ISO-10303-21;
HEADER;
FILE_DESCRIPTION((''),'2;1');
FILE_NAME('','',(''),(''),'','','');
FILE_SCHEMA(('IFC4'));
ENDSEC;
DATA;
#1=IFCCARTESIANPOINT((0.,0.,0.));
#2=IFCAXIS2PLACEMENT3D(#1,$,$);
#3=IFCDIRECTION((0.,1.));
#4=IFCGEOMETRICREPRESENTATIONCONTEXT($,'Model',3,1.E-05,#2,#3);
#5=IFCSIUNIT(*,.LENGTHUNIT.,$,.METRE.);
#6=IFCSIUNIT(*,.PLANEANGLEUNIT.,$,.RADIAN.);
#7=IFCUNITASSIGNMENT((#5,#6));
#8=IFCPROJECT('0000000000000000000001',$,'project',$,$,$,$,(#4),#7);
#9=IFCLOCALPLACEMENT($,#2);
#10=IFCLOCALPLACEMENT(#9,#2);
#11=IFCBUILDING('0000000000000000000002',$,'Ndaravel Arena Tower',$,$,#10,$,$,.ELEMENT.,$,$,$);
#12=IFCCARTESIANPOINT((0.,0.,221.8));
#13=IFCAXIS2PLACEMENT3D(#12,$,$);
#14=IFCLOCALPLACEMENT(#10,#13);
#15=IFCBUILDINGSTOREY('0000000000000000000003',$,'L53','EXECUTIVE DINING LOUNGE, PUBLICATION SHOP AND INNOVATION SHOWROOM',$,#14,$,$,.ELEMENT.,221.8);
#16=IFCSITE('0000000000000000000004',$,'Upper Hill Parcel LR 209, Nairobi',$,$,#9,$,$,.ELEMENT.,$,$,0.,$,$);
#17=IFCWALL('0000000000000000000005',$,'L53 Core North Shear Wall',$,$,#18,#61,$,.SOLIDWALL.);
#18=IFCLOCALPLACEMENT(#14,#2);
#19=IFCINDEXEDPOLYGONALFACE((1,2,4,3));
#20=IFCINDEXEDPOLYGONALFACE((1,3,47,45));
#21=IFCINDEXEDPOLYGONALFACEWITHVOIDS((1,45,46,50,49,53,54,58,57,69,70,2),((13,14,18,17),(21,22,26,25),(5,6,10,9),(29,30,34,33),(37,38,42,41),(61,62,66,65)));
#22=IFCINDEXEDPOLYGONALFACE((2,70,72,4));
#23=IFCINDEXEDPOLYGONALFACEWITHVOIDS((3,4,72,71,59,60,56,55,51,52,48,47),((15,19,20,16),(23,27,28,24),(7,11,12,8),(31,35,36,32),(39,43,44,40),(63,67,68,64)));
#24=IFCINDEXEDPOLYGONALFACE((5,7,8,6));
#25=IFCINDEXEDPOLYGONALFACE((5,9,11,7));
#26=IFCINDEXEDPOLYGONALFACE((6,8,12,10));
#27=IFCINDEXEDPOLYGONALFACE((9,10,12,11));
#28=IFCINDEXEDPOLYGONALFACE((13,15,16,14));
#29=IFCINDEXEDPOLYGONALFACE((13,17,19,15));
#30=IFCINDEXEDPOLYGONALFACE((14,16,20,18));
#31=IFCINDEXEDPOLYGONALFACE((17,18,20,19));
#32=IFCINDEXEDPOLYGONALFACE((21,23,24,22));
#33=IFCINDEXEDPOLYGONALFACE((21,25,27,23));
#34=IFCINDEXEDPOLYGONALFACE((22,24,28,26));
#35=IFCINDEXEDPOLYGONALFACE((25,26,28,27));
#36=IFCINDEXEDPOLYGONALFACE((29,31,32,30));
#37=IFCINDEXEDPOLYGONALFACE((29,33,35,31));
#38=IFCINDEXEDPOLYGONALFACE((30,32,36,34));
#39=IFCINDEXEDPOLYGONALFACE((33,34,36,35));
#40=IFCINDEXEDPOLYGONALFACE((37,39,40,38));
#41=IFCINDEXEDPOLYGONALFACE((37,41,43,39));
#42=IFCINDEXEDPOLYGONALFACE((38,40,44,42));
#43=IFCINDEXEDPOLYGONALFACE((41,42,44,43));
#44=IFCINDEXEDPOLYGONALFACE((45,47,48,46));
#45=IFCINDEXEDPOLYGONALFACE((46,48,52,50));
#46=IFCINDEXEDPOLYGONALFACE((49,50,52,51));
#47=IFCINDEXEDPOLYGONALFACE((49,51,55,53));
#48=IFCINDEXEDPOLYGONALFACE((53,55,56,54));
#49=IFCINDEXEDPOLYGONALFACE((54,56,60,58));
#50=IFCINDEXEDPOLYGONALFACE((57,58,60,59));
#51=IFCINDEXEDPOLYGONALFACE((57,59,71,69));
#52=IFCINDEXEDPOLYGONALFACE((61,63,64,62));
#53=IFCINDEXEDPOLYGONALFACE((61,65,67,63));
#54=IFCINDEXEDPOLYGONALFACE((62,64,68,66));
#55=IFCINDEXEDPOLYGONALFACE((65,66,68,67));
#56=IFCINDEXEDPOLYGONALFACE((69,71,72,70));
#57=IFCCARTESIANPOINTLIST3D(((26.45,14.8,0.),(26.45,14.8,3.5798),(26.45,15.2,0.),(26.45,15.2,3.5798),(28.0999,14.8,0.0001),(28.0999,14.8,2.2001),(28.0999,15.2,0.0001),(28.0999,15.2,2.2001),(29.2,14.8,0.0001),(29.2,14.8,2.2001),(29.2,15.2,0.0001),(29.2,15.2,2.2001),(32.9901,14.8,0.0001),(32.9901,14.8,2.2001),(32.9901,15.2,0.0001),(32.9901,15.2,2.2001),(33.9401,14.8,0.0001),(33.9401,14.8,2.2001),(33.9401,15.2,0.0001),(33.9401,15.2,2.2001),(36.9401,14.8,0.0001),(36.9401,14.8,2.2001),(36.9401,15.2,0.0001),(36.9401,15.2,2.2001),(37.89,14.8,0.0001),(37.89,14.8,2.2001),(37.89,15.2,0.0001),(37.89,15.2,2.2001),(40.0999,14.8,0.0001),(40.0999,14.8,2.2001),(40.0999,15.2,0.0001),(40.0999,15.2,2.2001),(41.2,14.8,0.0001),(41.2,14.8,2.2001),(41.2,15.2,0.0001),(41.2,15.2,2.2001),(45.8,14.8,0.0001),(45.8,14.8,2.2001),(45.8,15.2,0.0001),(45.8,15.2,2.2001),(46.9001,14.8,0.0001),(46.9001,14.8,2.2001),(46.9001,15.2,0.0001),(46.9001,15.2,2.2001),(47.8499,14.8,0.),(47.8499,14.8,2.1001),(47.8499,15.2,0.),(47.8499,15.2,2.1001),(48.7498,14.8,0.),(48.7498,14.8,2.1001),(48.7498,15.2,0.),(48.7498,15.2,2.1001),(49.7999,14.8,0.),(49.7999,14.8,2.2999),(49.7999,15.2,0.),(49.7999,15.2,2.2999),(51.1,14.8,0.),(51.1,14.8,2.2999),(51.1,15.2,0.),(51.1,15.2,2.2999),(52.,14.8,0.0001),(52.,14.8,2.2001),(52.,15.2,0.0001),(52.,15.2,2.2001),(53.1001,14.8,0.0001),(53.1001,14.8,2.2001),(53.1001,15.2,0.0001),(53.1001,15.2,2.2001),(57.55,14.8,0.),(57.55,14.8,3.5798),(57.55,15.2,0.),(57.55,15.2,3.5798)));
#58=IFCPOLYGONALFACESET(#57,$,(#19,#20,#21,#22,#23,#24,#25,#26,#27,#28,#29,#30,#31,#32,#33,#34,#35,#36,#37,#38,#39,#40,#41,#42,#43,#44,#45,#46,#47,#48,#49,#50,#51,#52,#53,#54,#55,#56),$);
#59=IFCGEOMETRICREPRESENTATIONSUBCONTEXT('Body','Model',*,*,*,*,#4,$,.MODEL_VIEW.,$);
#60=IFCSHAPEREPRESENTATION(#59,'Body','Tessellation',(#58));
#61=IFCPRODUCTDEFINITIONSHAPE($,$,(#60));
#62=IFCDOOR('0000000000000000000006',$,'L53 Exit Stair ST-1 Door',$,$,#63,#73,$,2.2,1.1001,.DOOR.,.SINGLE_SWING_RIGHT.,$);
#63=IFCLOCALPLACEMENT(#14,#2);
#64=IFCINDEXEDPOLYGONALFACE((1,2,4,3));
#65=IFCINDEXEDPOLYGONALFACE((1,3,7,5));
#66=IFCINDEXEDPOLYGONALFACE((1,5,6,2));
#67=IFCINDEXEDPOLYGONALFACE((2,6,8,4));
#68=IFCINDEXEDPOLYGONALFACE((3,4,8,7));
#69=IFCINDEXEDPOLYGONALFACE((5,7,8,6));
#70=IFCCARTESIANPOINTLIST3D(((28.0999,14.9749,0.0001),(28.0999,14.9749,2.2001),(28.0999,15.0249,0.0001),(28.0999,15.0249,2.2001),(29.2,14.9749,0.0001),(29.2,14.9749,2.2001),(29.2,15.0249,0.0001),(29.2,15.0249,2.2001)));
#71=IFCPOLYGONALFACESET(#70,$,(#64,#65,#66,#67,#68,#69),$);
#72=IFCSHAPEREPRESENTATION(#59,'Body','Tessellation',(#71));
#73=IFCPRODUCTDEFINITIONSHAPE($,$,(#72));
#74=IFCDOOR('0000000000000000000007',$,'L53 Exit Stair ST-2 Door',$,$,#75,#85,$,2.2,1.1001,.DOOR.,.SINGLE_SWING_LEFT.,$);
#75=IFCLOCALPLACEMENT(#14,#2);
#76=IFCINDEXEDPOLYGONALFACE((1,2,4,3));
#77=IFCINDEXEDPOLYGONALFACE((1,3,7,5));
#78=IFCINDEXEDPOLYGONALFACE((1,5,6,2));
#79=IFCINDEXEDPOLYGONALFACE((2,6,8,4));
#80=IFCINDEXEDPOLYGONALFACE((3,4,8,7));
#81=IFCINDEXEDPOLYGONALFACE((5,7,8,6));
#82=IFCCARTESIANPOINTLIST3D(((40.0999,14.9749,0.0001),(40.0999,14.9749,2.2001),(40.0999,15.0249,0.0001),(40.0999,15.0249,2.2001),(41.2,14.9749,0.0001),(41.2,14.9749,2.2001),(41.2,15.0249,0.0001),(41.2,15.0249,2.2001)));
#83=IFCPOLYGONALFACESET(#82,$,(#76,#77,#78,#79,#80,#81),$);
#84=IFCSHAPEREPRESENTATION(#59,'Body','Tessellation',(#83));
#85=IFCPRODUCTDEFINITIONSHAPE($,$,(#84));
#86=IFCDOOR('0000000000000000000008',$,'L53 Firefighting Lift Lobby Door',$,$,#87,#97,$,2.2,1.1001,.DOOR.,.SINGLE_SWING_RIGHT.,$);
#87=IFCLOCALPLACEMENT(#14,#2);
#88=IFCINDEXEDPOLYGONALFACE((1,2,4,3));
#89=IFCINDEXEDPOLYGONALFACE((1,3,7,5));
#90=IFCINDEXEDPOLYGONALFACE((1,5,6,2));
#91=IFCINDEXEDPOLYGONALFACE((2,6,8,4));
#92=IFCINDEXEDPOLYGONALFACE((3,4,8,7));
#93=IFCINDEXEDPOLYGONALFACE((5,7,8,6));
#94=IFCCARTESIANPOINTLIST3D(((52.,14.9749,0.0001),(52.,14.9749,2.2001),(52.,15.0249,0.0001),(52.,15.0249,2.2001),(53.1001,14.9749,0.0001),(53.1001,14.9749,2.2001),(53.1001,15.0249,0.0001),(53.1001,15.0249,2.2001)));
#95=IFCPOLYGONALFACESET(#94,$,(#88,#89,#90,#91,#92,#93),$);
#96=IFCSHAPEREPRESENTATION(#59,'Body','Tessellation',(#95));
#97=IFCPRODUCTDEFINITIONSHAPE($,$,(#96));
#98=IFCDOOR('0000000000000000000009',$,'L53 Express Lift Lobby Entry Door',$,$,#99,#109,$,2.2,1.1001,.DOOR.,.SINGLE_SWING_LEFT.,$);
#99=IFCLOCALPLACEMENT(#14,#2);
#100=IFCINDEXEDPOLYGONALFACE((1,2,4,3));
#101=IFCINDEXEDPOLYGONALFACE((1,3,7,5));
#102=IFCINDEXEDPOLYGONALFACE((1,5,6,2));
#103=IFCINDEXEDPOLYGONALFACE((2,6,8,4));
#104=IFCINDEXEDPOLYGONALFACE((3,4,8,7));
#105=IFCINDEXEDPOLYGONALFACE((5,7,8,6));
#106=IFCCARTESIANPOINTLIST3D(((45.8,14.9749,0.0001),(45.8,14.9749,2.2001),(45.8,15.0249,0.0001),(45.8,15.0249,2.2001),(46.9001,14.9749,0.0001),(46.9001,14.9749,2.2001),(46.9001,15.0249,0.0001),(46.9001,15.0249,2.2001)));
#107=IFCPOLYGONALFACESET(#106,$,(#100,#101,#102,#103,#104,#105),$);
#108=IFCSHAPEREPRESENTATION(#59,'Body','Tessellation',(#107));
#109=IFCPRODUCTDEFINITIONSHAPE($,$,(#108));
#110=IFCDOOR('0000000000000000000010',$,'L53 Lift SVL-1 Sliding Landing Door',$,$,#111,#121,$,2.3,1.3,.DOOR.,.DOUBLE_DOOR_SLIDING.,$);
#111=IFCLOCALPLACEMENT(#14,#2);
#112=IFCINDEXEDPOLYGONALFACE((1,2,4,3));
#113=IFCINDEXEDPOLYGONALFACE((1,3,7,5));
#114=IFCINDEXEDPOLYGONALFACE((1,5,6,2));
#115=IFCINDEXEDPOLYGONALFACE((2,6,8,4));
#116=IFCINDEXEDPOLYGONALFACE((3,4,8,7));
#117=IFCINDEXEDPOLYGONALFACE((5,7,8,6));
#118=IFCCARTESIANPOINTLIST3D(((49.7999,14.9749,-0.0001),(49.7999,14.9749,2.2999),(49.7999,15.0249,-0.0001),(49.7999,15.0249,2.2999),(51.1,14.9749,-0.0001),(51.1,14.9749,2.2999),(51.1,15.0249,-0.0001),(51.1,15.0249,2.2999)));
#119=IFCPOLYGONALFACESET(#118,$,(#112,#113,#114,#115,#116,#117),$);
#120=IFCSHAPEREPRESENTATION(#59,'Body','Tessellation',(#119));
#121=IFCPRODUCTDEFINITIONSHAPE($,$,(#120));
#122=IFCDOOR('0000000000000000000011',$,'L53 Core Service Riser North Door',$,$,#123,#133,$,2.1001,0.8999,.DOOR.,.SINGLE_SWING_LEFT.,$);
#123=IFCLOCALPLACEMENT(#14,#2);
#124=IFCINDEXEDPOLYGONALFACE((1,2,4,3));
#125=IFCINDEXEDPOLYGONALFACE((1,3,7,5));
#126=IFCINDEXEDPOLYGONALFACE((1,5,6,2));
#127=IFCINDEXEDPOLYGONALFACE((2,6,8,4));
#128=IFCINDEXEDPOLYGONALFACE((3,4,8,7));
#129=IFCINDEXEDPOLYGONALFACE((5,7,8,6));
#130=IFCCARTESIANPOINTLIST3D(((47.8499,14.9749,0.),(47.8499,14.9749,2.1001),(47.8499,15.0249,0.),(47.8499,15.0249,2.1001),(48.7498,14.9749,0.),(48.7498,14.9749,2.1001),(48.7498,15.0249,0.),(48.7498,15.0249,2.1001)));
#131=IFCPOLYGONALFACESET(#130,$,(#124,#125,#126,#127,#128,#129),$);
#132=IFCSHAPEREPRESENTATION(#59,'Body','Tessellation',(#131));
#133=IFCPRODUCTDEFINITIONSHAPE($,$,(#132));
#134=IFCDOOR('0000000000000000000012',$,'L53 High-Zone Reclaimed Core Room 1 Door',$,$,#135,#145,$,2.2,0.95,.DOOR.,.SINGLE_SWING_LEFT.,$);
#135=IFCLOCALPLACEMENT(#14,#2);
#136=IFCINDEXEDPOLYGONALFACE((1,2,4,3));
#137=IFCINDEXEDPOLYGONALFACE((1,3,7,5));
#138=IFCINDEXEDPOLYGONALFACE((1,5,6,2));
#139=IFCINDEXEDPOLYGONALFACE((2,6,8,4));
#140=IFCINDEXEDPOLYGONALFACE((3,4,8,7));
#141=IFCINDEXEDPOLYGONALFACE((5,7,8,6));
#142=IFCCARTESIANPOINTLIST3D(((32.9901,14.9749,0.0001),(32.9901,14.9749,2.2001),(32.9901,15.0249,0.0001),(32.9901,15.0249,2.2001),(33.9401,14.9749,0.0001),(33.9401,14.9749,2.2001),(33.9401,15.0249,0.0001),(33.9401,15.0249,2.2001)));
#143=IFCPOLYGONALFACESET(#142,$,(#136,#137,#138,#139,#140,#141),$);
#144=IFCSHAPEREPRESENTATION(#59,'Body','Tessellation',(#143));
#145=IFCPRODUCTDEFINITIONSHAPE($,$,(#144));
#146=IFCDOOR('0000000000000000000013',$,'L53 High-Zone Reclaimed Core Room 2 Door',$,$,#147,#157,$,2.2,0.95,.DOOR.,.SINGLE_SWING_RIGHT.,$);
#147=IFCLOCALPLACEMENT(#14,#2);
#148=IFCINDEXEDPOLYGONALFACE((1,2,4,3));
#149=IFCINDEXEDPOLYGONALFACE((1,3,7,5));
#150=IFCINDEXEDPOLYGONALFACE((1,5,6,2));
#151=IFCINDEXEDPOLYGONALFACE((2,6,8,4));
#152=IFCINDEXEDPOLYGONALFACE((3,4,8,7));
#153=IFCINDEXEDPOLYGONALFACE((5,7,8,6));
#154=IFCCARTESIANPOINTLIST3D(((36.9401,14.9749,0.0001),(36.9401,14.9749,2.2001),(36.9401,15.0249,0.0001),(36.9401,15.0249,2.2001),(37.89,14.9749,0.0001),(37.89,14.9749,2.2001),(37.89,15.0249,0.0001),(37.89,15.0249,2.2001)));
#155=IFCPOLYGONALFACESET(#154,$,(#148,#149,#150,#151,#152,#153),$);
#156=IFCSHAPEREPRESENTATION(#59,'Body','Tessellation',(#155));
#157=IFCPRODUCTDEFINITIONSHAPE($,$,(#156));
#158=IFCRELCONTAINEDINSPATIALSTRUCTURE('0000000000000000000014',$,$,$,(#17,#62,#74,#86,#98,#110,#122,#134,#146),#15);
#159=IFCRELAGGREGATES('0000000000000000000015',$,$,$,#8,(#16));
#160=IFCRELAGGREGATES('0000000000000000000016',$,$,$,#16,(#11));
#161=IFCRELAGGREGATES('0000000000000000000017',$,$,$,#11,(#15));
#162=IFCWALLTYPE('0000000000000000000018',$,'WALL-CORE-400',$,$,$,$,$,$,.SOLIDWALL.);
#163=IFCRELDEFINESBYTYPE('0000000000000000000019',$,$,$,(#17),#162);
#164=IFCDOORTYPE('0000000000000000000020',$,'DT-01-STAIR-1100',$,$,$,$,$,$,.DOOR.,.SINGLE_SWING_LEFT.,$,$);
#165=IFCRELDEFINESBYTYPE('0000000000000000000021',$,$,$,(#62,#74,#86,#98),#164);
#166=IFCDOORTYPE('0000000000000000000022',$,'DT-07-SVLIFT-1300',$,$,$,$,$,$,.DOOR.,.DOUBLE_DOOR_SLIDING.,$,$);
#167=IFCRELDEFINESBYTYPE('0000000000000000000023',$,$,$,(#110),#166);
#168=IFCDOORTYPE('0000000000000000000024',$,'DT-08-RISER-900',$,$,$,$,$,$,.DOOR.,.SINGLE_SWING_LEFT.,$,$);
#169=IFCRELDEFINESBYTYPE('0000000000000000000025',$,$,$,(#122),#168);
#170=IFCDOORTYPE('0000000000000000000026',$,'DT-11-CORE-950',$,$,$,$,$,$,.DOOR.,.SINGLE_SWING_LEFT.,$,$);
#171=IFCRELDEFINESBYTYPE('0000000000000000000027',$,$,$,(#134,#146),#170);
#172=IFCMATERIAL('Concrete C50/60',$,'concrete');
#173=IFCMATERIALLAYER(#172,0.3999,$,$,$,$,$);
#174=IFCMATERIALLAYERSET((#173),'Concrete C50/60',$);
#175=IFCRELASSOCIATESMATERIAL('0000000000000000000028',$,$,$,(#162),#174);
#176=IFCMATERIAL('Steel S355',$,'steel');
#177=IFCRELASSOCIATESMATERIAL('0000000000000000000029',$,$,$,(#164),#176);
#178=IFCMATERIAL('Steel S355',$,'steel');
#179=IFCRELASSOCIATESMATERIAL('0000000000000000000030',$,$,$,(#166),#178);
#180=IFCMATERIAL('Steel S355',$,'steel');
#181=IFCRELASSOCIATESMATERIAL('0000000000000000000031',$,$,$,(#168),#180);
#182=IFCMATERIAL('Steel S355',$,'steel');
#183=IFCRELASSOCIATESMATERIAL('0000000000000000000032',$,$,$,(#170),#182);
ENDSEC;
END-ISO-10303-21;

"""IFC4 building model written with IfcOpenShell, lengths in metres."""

from ifc_helpers import new_model, si_unit, direction, frame, frame_2d, origin, place, context, subcontext, project, spatial, rectangle, extrude, material, layer, layer_set, type_object, element, fill, save


model = new_model("IFC4")

# Units and contexts
model_context = context("Model", 3, precision=1e-05, world=origin(), true_north=direction((0.0, 1.0)))
body_context = subcontext(model_context, "Body", "Model", "MODEL_VIEW")
ifc_project = project(units=[si_unit("LENGTHUNIT", "METRE"), si_unit("PLANEANGLEUNIT", "RADIAN")], contexts=[model_context])

# Site, building, storey
site_placement = place(None, origin())
site = spatial("IfcSite", under=ifc_project, at=site_placement, Name="Upper Hill Parcel LR 209, Nairobi", CompositionType="ELEMENT", RefElevation=0.0)
building_placement = place(site_placement, origin())
building = spatial("IfcBuilding", under=site, at=building_placement, Name="Ndaravel Arena Tower", CompositionType="ELEMENT")
storey_placement = place(building_placement, frame((0.0, 0.0, 221.8)))
storey = spatial("IfcBuildingStorey", under=building, at=storey_placement, Name="L53", Description="EXECUTIVE DINING LOUNGE, PUBLICATION SHOP AND INNOVATION SHOWROOM", CompositionType="ELEMENT", Elevation=221.8)

# Wall, openings, doors
ifc_material_1 = material(Name="Concrete C50/60", Category="concrete")
ifc_layer_1 = layer(ifc_material_1, 0.3999)
ifc_layer_set_1 = layer_set([ifc_layer_1], Name="Concrete C50/60")
wall_type_1 = type_object("IfcWallType", Name="WALL-CORE-400", PredefinedType="SOLIDWALL", material=ifc_layer_set_1)
wall_1_placement = place(storey_placement, frame((26.45, 15.0, 0.0), z_axis=(0.0, 0.0, 1.0), x_axis=(1.0, 0.0, 0.0)))
wall_1 = element("IfcWall", 1, at=wall_1_placement, inside=storey, type_object=wall_type_1, Name="L53 Core North Shear Wall", PredefinedType="SOLIDWALL", context=body_context, shape_type="SweptSolid", body=[
    extrude(rectangle(XDim=31.1001, YDim=0.3999, at=frame_2d((15.55, 0.0))), origin(), (0.0, 0.0, 1.0), 3.5798),
])
opening_1_placement = place(wall_1_placement, frame((1.6499, 0.0, 0.0)))
opening_1 = element("IfcOpeningElement", 2, at=opening_1_placement, cuts=wall_1, PredefinedType="OPENING", context=body_context, shape_type="SweptSolid", body=[
    extrude(rectangle(XDim=1.1001, YDim=2.2, at=frame_2d((0.55, 1.1001))), frame((0.0, 0.2, 0.0), z_axis=(0.0, -1.0, 0.0), x_axis=(1.0, 0.0, 0.0)), (0.0, 0.0, 1.0), 0.3999),
])
opening_2_placement = place(wall_1_placement, frame((13.6499, 0.0, 0.0)))
opening_2 = element("IfcOpeningElement", 3, at=opening_2_placement, cuts=wall_1, PredefinedType="OPENING", context=body_context, shape_type="SweptSolid", body=[
    extrude(rectangle(XDim=1.1001, YDim=2.2, at=frame_2d((0.55, 1.1001))), frame((0.0, 0.2, 0.0), z_axis=(0.0, -1.0, 0.0), x_axis=(1.0, 0.0, 0.0)), (0.0, 0.0, 1.0), 0.3999),
])
opening_3_placement = place(wall_1_placement, frame((25.55, 0.0, 0.0)))
opening_3 = element("IfcOpeningElement", 4, at=opening_3_placement, cuts=wall_1, PredefinedType="OPENING", context=body_context, shape_type="SweptSolid", body=[
    extrude(rectangle(XDim=1.1001, YDim=2.2, at=frame_2d((0.55, 1.1001))), frame((0.0, 0.2, 0.0), z_axis=(0.0, -1.0, 0.0), x_axis=(1.0, 0.0, 0.0)), (0.0, 0.0, 1.0), 0.3999),
])
opening_4_placement = place(wall_1_placement, frame((19.3501, 0.0, 0.0)))
opening_4 = element("IfcOpeningElement", 5, at=opening_4_placement, cuts=wall_1, PredefinedType="OPENING", context=body_context, shape_type="SweptSolid", body=[
    extrude(rectangle(XDim=1.1001, YDim=2.2, at=frame_2d((0.55, 1.1001))), frame((0.0, 0.2, 0.0), z_axis=(0.0, -1.0, 0.0), x_axis=(1.0, 0.0, 0.0)), (0.0, 0.0, 1.0), 0.3999),
])
opening_5_placement = place(wall_1_placement, frame((21.3999, 0.0, 0.0)))
opening_5 = element("IfcOpeningElement", 6, at=opening_5_placement, cuts=wall_1, PredefinedType="OPENING", context=body_context, shape_type="SweptSolid", body=[
    extrude(rectangle(XDim=0.8999, YDim=2.1001, at=frame_2d((0.45, 1.05))), frame((0.0, 0.2, 0.0), z_axis=(0.0, -1.0, 0.0), x_axis=(1.0, 0.0, 0.0)), (0.0, 0.0, 1.0), 0.3999),
])
opening_6_placement = place(wall_1_placement, frame((6.54, 0.0, 0.0)))
opening_6 = element("IfcOpeningElement", 7, at=opening_6_placement, cuts=wall_1, PredefinedType="OPENING", context=body_context, shape_type="SweptSolid", body=[
    extrude(rectangle(XDim=0.95, YDim=2.2, at=frame_2d((0.4751, 1.1001))), frame((0.0, 0.2, 0.0), z_axis=(0.0, -1.0, 0.0), x_axis=(1.0, 0.0, 0.0)), (0.0, 0.0, 1.0), 0.3999),
])
opening_7_placement = place(wall_1_placement, frame((10.49, 0.0, 0.0)))
opening_7 = element("IfcOpeningElement", 8, at=opening_7_placement, cuts=wall_1, PredefinedType="OPENING", context=body_context, shape_type="SweptSolid", body=[
    extrude(rectangle(XDim=0.95, YDim=2.2, at=frame_2d((0.4751, 1.1001))), frame((0.0, 0.2, 0.0), z_axis=(0.0, -1.0, 0.0), x_axis=(1.0, 0.0, 0.0)), (0.0, 0.0, 1.0), 0.3999),
])
opening_8_placement = place(wall_1_placement, frame((23.3501, 0.0, 0.0)))
opening_8 = element("IfcOpeningElement", 9, at=opening_8_placement, cuts=wall_1, PredefinedType="OPENING", context=body_context, shape_type="SweptSolid", body=[
    extrude(rectangle(XDim=1.3, YDim=2.3, at=frame_2d((0.6499, 1.1499))), frame((0.0, 0.2, 0.0), z_axis=(0.0, -1.0, 0.0), x_axis=(1.0, 0.0, 0.0)), (0.0, 0.0, 1.0), 0.3999),
])
ifc_material_2 = material(Name="Steel S355", Category="steel")
door_type_1 = type_object("IfcDoorType", Name="DT-01-STAIR-1100", OperationType="SINGLE_SWING_LEFT", PredefinedType="DOOR", material=ifc_material_2)
door_1_placement = place(opening_1_placement, origin())
door_1 = element("IfcDoor", 10, at=door_1_placement, inside=storey, type_object=door_type_1, Name="L53 Exit Stair ST-1 Door", OperationType="SINGLE_SWING_RIGHT", OverallHeight=2.2, OverallWidth=1.1001, PredefinedType="DOOR", context=body_context, shape_type="SweptSolid", body=[
    extrude(rectangle(XDim=1.1001, YDim=2.2, at=frame_2d((0.55, 1.1001))), frame((0.0, 0.0249, 0.0), z_axis=(0.0, -1.0, 0.0), x_axis=(1.0, 0.0, 0.0)), (0.0, 0.0, 1.0), 0.05),
])
fill(opening_1, door_1)
door_2_placement = place(opening_2_placement, origin())
door_2 = element("IfcDoor", 11, at=door_2_placement, inside=storey, type_object=door_type_1, Name="L53 Exit Stair ST-2 Door", OperationType="SINGLE_SWING_LEFT", OverallHeight=2.2, OverallWidth=1.1001, PredefinedType="DOOR", context=body_context, shape_type="SweptSolid", body=[
    extrude(rectangle(XDim=1.1001, YDim=2.2, at=frame_2d((0.55, 1.1001))), frame((0.0, 0.0249, 0.0), z_axis=(0.0, -1.0, 0.0), x_axis=(1.0, 0.0, 0.0)), (0.0, 0.0, 1.0), 0.05),
])
fill(opening_2, door_2)
door_3_placement = place(opening_3_placement, origin())
door_3 = element("IfcDoor", 12, at=door_3_placement, inside=storey, type_object=door_type_1, Name="L53 Firefighting Lift Lobby Door", OperationType="SINGLE_SWING_RIGHT", OverallHeight=2.2, OverallWidth=1.1001, PredefinedType="DOOR", context=body_context, shape_type="SweptSolid", body=[
    extrude(rectangle(XDim=1.1001, YDim=2.2, at=frame_2d((0.55, 1.1001))), frame((0.0, 0.0249, 0.0), z_axis=(0.0, -1.0, 0.0), x_axis=(1.0, 0.0, 0.0)), (0.0, 0.0, 1.0), 0.05),
])
fill(opening_3, door_3)
door_4_placement = place(opening_4_placement, origin())
door_4 = element("IfcDoor", 13, at=door_4_placement, inside=storey, type_object=door_type_1, Name="L53 Express Lift Lobby Entry Door", OperationType="SINGLE_SWING_LEFT", OverallHeight=2.2, OverallWidth=1.1001, PredefinedType="DOOR", context=body_context, shape_type="SweptSolid", body=[
    extrude(rectangle(XDim=1.1001, YDim=2.2, at=frame_2d((0.55, 1.1001))), frame((0.0, 0.0249, 0.0), z_axis=(0.0, -1.0, 0.0), x_axis=(1.0, 0.0, 0.0)), (0.0, 0.0, 1.0), 0.05),
])
fill(opening_4, door_4)
ifc_material_3 = material(Name="Steel S355", Category="steel")
door_type_2 = type_object("IfcDoorType", Name="DT-07-SVLIFT-1300", OperationType="DOUBLE_DOOR_SLIDING", PredefinedType="DOOR", material=ifc_material_3)
door_5_placement = place(opening_8_placement, origin())
door_5 = element("IfcDoor", 14, at=door_5_placement, inside=storey, type_object=door_type_2, Name="L53 Lift SVL-1 Sliding Landing Door", OperationType="DOUBLE_DOOR_SLIDING", OverallHeight=2.3, OverallWidth=1.3, PredefinedType="DOOR", context=body_context, shape_type="SweptSolid", body=[
    extrude(rectangle(XDim=1.3, YDim=2.3, at=frame_2d((0.6499, 1.1499))), frame((0.0, 0.0249, 0.0), z_axis=(0.0, -1.0, 0.0), x_axis=(1.0, 0.0, 0.0)), (0.0, 0.0, 1.0), 0.05),
])
fill(opening_8, door_5)
ifc_material_4 = material(Name="Steel S355", Category="steel")
door_type_3 = type_object("IfcDoorType", Name="DT-08-RISER-900", OperationType="SINGLE_SWING_LEFT", PredefinedType="DOOR", material=ifc_material_4)
door_6_placement = place(opening_5_placement, origin())
door_6 = element("IfcDoor", 15, at=door_6_placement, inside=storey, type_object=door_type_3, Name="L53 Core Service Riser North Door", OperationType="SINGLE_SWING_LEFT", OverallHeight=2.1001, OverallWidth=0.8999, PredefinedType="DOOR", context=body_context, shape_type="SweptSolid", body=[
    extrude(rectangle(XDim=0.8999, YDim=2.1001, at=frame_2d((0.45, 1.05))), frame((0.0, 0.0249, 0.0), z_axis=(0.0, -1.0, 0.0), x_axis=(1.0, 0.0, 0.0)), (0.0, 0.0, 1.0), 0.05),
])
fill(opening_5, door_6)
ifc_material_5 = material(Name="Steel S355", Category="steel")
door_type_4 = type_object("IfcDoorType", Name="DT-11-CORE-950", OperationType="SINGLE_SWING_LEFT", PredefinedType="DOOR", material=ifc_material_5)
door_7_placement = place(opening_6_placement, origin())
door_7 = element("IfcDoor", 16, at=door_7_placement, inside=storey, type_object=door_type_4, Name="L53 High-Zone Reclaimed Core Room 1 Door", OperationType="SINGLE_SWING_LEFT", OverallHeight=2.2, OverallWidth=0.95, PredefinedType="DOOR", context=body_context, shape_type="SweptSolid", body=[
    extrude(rectangle(XDim=0.95, YDim=2.2, at=frame_2d((0.4751, 1.1001))), frame((0.0, 0.0249, 0.0), z_axis=(0.0, -1.0, 0.0), x_axis=(1.0, 0.0, 0.0)), (0.0, 0.0, 1.0), 0.05),
])
fill(opening_6, door_7)
door_8_placement = place(opening_7_placement, origin())
door_8 = element("IfcDoor", 17, at=door_8_placement, inside=storey, type_object=door_type_4, Name="L53 High-Zone Reclaimed Core Room 2 Door", OperationType="SINGLE_SWING_RIGHT", OverallHeight=2.2, OverallWidth=0.95, PredefinedType="DOOR", context=body_context, shape_type="SweptSolid", body=[
    extrude(rectangle(XDim=0.95, YDim=2.2, at=frame_2d((0.4751, 1.1001))), frame((0.0, 0.0249, 0.0), z_axis=(0.0, -1.0, 0.0), x_axis=(1.0, 0.0, 0.0)), (0.0, 0.0, 1.0), 0.05),
])
fill(opening_7, door_8)

save(model, "model.ifc")
